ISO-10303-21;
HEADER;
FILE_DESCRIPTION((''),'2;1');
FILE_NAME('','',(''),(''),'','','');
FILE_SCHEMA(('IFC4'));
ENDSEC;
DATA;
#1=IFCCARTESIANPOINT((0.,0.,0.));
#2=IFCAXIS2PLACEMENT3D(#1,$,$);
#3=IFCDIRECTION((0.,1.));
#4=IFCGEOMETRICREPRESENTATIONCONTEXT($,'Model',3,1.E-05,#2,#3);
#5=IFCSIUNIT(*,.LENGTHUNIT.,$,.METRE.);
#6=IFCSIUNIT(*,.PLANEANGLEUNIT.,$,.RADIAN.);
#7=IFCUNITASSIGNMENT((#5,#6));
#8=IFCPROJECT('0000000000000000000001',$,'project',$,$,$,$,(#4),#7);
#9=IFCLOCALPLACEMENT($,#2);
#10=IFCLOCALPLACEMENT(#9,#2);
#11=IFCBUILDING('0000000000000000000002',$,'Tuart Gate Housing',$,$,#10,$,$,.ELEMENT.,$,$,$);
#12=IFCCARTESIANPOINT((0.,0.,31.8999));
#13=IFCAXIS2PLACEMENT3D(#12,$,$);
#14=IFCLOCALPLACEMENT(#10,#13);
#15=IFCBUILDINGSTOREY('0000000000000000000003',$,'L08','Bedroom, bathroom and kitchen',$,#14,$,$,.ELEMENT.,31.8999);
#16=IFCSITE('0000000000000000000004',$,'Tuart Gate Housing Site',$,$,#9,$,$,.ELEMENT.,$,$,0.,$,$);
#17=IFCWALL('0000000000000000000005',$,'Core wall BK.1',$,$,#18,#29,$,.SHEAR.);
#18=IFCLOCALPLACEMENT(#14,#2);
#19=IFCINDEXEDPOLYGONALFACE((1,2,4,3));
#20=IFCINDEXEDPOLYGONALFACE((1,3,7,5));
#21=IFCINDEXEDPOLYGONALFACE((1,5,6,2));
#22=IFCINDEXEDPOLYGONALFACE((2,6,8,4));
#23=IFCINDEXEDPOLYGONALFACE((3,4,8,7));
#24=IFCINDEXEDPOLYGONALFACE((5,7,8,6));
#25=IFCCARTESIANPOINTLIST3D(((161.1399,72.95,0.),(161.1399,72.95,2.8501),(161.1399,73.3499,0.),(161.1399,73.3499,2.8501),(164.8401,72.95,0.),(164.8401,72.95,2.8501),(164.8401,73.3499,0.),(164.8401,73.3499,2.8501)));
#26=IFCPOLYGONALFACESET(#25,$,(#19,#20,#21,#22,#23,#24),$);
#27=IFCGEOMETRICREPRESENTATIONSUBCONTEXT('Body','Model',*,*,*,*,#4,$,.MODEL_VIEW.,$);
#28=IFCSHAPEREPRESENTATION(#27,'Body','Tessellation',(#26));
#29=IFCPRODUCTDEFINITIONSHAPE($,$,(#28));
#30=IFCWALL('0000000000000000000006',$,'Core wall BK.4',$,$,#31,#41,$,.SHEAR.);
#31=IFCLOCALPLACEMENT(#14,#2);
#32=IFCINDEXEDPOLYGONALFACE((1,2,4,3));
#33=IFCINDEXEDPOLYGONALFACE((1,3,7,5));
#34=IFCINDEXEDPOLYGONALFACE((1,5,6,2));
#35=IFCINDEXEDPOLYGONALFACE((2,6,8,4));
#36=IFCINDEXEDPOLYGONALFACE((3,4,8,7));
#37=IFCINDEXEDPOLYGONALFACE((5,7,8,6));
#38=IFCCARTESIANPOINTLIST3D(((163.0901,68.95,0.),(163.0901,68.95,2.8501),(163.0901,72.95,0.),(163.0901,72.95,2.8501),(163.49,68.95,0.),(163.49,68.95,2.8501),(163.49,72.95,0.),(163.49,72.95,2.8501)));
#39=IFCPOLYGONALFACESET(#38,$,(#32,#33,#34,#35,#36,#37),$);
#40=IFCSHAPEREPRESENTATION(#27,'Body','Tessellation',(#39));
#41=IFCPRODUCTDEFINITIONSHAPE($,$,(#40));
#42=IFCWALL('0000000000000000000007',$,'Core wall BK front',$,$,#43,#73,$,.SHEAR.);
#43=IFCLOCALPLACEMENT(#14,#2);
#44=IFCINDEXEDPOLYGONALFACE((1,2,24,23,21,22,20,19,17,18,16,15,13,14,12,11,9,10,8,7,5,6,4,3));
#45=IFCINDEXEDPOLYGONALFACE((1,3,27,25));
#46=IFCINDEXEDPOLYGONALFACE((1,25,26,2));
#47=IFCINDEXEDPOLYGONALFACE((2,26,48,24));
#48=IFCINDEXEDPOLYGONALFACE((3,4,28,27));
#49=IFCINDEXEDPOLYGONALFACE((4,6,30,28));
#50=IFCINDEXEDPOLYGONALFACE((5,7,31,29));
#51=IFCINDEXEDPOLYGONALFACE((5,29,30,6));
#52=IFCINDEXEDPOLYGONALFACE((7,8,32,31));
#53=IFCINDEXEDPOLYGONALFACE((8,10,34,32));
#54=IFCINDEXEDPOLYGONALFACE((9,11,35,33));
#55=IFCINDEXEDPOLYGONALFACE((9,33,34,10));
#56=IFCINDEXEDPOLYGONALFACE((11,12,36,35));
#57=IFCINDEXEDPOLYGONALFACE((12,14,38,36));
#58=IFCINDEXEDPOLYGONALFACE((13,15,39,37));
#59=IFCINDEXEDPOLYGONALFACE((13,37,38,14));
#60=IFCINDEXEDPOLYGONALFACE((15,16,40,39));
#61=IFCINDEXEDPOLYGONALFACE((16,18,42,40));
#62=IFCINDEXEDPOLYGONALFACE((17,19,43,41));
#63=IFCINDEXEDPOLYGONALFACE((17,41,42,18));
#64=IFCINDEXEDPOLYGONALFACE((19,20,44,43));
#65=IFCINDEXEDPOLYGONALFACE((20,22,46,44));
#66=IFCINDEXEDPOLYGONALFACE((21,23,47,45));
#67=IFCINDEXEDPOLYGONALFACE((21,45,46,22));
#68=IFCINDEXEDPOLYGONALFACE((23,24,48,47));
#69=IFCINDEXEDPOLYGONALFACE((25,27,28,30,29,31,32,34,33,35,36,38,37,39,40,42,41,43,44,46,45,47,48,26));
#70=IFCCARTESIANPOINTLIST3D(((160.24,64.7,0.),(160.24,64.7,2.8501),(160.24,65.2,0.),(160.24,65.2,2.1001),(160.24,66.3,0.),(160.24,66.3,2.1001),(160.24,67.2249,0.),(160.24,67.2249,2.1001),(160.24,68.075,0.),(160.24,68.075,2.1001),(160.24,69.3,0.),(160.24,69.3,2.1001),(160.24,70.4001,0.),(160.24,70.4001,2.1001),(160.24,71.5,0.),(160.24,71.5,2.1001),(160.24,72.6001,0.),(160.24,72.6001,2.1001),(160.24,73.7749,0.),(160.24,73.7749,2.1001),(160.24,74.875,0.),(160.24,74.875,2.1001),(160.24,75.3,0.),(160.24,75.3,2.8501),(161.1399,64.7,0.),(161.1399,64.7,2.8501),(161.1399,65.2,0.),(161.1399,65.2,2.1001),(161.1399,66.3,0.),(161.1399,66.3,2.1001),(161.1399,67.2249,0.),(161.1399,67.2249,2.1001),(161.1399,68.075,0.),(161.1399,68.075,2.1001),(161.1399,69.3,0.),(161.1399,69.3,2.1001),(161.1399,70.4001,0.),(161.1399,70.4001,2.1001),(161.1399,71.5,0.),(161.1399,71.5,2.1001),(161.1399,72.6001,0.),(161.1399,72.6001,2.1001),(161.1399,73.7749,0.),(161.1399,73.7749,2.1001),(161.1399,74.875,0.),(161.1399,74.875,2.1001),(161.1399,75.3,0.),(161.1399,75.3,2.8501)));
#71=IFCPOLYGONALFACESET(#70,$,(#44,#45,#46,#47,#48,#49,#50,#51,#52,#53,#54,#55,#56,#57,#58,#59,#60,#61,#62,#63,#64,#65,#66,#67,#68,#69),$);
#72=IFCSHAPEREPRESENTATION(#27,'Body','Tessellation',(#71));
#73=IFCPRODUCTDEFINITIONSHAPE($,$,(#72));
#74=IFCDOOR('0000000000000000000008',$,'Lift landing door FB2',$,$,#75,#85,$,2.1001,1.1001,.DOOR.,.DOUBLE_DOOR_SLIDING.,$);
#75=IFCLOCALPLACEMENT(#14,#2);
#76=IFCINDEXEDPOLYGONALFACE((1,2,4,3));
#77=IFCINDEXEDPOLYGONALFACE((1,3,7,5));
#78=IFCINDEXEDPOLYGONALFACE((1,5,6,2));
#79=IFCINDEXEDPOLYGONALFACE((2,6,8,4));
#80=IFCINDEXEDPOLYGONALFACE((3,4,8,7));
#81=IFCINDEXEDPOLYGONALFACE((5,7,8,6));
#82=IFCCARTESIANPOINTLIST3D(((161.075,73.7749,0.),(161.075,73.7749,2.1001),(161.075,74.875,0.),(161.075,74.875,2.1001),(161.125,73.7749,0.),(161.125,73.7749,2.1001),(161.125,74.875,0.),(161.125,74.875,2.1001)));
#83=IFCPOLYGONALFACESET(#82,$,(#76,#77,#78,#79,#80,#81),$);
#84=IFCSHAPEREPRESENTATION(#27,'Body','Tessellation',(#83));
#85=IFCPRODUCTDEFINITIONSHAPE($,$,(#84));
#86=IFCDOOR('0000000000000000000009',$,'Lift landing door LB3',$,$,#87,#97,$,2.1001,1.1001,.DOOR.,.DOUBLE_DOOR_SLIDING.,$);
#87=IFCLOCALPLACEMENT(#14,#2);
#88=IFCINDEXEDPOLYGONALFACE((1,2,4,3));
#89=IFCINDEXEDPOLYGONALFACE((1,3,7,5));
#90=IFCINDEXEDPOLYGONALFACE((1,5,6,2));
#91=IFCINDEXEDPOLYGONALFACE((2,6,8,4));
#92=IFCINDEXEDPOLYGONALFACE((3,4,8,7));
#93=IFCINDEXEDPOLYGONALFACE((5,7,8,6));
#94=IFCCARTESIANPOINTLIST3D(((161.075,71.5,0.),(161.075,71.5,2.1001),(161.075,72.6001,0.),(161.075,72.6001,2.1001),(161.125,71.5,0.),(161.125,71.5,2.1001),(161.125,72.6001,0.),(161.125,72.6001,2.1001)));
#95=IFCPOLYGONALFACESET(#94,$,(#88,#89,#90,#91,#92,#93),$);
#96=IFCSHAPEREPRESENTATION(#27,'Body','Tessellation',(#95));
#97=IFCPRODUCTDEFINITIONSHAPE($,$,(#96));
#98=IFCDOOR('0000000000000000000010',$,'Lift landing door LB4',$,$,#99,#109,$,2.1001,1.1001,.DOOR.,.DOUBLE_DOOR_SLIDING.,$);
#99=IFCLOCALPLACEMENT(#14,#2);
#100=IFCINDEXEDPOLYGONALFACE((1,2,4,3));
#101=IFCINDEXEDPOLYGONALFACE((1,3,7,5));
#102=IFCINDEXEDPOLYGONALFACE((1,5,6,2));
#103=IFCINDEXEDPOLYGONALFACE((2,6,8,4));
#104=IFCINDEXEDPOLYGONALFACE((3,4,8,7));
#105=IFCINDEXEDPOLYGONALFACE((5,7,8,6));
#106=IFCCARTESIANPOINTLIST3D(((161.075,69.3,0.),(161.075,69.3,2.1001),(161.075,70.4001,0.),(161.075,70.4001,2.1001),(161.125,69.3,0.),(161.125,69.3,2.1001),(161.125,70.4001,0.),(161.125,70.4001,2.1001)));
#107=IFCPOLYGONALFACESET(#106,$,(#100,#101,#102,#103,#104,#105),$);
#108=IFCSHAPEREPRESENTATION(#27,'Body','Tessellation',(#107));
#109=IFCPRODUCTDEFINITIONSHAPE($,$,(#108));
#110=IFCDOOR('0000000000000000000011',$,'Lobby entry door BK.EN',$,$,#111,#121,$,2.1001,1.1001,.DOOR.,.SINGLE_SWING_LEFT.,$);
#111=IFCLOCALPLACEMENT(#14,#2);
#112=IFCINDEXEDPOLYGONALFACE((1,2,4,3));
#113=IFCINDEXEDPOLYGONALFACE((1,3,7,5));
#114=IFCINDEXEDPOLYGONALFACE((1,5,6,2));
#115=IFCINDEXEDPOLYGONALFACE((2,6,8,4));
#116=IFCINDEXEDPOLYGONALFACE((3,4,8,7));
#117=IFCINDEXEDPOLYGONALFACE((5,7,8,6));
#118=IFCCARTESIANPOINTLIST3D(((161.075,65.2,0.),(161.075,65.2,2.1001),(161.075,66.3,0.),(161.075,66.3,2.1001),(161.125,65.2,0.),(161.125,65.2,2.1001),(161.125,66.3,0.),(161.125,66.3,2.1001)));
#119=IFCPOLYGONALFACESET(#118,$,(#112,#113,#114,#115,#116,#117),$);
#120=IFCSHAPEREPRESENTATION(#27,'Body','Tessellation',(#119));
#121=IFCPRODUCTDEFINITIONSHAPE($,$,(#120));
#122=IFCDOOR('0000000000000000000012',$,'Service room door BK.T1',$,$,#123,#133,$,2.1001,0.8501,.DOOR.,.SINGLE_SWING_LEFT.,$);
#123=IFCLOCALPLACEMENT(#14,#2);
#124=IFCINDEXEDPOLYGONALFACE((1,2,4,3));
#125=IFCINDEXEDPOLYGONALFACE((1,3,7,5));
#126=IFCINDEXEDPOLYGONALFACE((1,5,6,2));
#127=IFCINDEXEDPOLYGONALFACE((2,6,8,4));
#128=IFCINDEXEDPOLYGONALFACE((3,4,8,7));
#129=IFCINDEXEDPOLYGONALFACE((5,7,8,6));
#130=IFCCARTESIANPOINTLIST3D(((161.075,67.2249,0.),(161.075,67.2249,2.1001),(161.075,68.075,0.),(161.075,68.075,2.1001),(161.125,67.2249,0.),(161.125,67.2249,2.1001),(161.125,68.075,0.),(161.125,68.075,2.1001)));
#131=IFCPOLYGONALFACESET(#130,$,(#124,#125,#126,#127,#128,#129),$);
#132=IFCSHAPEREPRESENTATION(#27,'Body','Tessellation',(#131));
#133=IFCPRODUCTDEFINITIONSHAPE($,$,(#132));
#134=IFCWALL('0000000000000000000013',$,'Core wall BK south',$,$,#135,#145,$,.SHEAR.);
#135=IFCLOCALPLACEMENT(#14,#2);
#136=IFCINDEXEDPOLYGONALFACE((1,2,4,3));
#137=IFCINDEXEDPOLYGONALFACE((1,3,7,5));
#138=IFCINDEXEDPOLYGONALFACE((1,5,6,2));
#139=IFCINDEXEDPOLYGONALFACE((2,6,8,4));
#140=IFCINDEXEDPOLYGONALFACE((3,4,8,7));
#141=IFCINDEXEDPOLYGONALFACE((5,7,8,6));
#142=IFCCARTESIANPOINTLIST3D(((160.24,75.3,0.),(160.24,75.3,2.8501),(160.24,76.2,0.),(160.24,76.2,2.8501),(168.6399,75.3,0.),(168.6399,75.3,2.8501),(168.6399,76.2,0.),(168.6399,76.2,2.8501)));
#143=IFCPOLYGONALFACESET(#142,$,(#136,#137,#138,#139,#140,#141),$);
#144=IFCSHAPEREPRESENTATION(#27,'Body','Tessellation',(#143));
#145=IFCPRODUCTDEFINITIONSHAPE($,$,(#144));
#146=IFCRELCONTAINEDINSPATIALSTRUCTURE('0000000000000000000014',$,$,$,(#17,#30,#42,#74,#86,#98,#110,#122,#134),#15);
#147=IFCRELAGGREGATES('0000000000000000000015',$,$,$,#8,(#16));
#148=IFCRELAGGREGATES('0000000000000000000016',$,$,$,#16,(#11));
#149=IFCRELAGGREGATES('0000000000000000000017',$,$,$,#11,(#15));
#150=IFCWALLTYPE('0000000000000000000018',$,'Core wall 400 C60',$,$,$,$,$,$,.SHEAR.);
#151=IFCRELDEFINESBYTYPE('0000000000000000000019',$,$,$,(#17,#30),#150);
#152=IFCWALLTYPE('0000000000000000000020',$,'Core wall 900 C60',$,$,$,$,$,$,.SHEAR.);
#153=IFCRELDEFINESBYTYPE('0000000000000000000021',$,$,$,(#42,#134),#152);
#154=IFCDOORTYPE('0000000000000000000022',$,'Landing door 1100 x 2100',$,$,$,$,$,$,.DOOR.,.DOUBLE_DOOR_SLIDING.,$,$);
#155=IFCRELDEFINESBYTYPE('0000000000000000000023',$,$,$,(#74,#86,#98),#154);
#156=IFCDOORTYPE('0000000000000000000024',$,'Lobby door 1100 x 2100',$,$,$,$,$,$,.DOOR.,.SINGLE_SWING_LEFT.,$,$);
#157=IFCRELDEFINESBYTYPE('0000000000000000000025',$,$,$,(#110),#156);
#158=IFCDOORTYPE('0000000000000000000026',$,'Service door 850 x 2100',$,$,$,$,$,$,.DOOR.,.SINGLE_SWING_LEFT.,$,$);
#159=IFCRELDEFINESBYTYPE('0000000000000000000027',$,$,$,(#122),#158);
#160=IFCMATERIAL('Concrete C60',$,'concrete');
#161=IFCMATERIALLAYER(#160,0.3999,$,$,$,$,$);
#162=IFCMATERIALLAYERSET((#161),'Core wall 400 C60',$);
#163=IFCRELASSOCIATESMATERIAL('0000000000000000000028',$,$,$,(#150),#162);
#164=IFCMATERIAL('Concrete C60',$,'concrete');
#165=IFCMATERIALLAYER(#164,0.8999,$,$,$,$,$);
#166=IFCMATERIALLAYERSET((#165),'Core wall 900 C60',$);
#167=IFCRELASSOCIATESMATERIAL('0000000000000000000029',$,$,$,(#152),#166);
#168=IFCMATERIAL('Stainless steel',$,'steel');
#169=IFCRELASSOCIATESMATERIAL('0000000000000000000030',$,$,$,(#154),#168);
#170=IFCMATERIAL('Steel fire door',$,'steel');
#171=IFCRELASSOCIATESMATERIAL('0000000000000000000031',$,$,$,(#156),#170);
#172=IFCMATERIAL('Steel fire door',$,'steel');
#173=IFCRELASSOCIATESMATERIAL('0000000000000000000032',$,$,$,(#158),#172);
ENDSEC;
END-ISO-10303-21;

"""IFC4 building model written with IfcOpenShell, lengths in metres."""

from ifc_helpers import new_model, si_unit, direction, frame, frame_2d, origin, place, context, subcontext, project, spatial, rectangle, extrude, material, layer, layer_set, type_object, element, fill, save


model = new_model("IFC4")

# Units and contexts
model_context = context("Model", 3, precision=1e-05, world=origin(), true_north=direction((0.0, 1.0)))
body_context = subcontext(model_context, "Body", "Model", "MODEL_VIEW")
ifc_project = project(units=[si_unit("LENGTHUNIT", "METRE"), si_unit("PLANEANGLEUNIT", "RADIAN")], contexts=[model_context])

# Site, building, storey
site_placement = place(None, origin())
site = spatial("IfcSite", under=ifc_project, at=site_placement, Name="Tuart Gate Housing Site", CompositionType="ELEMENT", RefElevation=0.0)
building_placement = place(site_placement, origin())
building = spatial("IfcBuilding", under=site, at=building_placement, Name="Tuart Gate Housing", CompositionType="ELEMENT")
storey_placement = place(building_placement, frame((0.0, 0.0, 31.8999)))
storey = spatial("IfcBuildingStorey", under=building, at=storey_placement, Name="L08", Description="Bedroom, bathroom and kitchen", CompositionType="ELEMENT", Elevation=31.8999)

# Walls
ifc_material_1 = material(Name="Concrete C60", Category="concrete")
ifc_layer_1 = layer(ifc_material_1, 0.3999)
ifc_layer_set_1 = layer_set([ifc_layer_1], Name="Core wall 400 C60")
wall_type_1 = type_object("IfcWallType", Name="Core wall 400 C60", PredefinedType="SHEAR", material=ifc_layer_set_1)
wall_1_placement = place(storey_placement, frame((161.1399, 73.1499, 0.0), z_axis=(0.0, 0.0, 1.0), x_axis=(1.0, 0.0, 0.0)))
element("IfcWall", 1, at=wall_1_placement, inside=storey, type_object=wall_type_1, Name="Core wall BK.1", PredefinedType="SHEAR", context=body_context, shape_type="SweptSolid", body=[
    extrude(rectangle(XDim=3.7002, YDim=0.3999, at=frame_2d((1.8501, 0.0))), origin(), (0.0, 0.0, 1.0), 2.8501),
])
wall_2_placement = place(storey_placement, frame((163.29, 72.95, 0.0), z_axis=(0.0, 0.0, 1.0), x_axis=(0.0, -1.0, 0.0)))
element("IfcWall", 2, at=wall_2_placement, inside=storey, type_object=wall_type_1, Name="Core wall BK.4", PredefinedType="SHEAR", context=body_context, shape_type="SweptSolid", body=[
    extrude(rectangle(XDim=4.0, YDim=0.3999, at=frame_2d((2.0, 0.0))), origin(), (0.0, 0.0, 1.0), 2.8501),
])

# Wall, openings, doors
ifc_material_2 = material(Name="Concrete C60", Category="concrete")
ifc_layer_2 = layer(ifc_material_2, 0.8999)
ifc_layer_set_2 = layer_set([ifc_layer_2], Name="Core wall 900 C60")
wall_type_2 = type_object("IfcWallType", Name="Core wall 900 C60", PredefinedType="SHEAR", material=ifc_layer_set_2)
wall_3_placement = place(storey_placement, frame((160.6899, 75.3, 0.0), z_axis=(0.0, 0.0, 1.0), x_axis=(0.0, -1.0, 0.0)))
wall_3 = element("IfcWall", 3, at=wall_3_placement, inside=storey, type_object=wall_type_2, Name="Core wall BK front", PredefinedType="SHEAR", context=body_context, shape_type="SweptSolid", body=[
    extrude(rectangle(XDim=10.6001, YDim=0.8999, at=frame_2d((5.3, 0.0))), origin(), (0.0, 0.0, 1.0), 2.8501),
])
opening_1_placement = place(wall_3_placement, frame((0.425, 0.0, 0.0)))
opening_1 = element("IfcOpeningElement", 4, at=opening_1_placement, cuts=wall_3, PredefinedType="OPENING", context=body_context, shape_type="SweptSolid", body=[
    extrude(rectangle(XDim=1.1001, YDim=2.1001, at=frame_2d((0.55, 1.05))), frame((0.0, 0.46, 0.0), z_axis=(0.0, -1.0, 0.0), x_axis=(1.0, 0.0, 0.0)), (0.0, 0.0, 1.0), 0.9199),
])
opening_2_placement = place(wall_3_placement, frame((2.7, 0.0, 0.0)))
opening_2 = element("IfcOpeningElement", 5, at=opening_2_placement, cuts=wall_3, PredefinedType="OPENING", context=body_context, shape_type="SweptSolid", body=[
    extrude(rectangle(XDim=1.1001, YDim=2.1001, at=frame_2d((0.55, 1.05))), frame((0.0, 0.46, 0.0), z_axis=(0.0, -1.0, 0.0), x_axis=(1.0, 0.0, 0.0)), (0.0, 0.0, 1.0), 0.9199),
])
opening_3_placement = place(wall_3_placement, frame((4.8999, 0.0, 0.0)))
opening_3 = element("IfcOpeningElement", 6, at=opening_3_placement, cuts=wall_3, PredefinedType="OPENING", context=body_context, shape_type="SweptSolid", body=[
    extrude(rectangle(XDim=1.1001, YDim=2.1001, at=frame_2d((0.55, 1.05))), frame((0.0, 0.46, 0.0), z_axis=(0.0, -1.0, 0.0), x_axis=(1.0, 0.0, 0.0)), (0.0, 0.0, 1.0), 0.9199),
])
opening_4_placement = place(wall_3_placement, frame((9.0, 0.0, 0.0)))
opening_4 = element("IfcOpeningElement", 7, at=opening_4_placement, cuts=wall_3, PredefinedType="OPENING", context=body_context, shape_type="SweptSolid", body=[
    extrude(rectangle(XDim=1.1001, YDim=2.1001, at=frame_2d((0.55, 1.05))), frame((0.0, 0.46, 0.0), z_axis=(0.0, -1.0, 0.0), x_axis=(1.0, 0.0, 0.0)), (0.0, 0.0, 1.0), 0.9199),
])
opening_5_placement = place(wall_3_placement, frame((7.2251, 0.0, 0.0)))
opening_5 = element("IfcOpeningElement", 8, at=opening_5_placement, cuts=wall_3, PredefinedType="OPENING", context=body_context, shape_type="SweptSolid", body=[
    extrude(rectangle(XDim=0.8501, YDim=2.1001, at=frame_2d((0.425, 1.05))), frame((0.0, 0.46, 0.0), z_axis=(0.0, -1.0, 0.0), x_axis=(1.0, 0.0, 0.0)), (0.0, 0.0, 1.0), 0.9199),
])
ifc_material_3 = material(Name="Stainless steel", Category="steel")
door_type_1 = type_object("IfcDoorType", Name="Landing door 1100 x 2100", OperationType="DOUBLE_DOOR_SLIDING", PredefinedType="DOOR", material=ifc_material_3)
door_1_placement = place(opening_1_placement, origin())
door_1 = element("IfcDoor", 9, at=door_1_placement, inside=storey, type_object=door_type_1, Name="Lift landing door FB2", OperationType="DOUBLE_DOOR_SLIDING", OverallHeight=2.1001, OverallWidth=1.1001, PredefinedType="DOOR", context=body_context, shape_type="SweptSolid", body=[
    extrude(rectangle(XDim=1.1001, YDim=2.1001, at=frame_2d((0.55, 1.05))), frame((0.0, 0.4351, 0.0), z_axis=(0.0, -1.0, 0.0), x_axis=(1.0, 0.0, 0.0)), (0.0, 0.0, 1.0), 0.05),
])
fill(opening_1, door_1)
door_2_placement = place(opening_2_placement, origin())
door_2 = element("IfcDoor", 10, at=door_2_placement, inside=storey, type_object=door_type_1, Name="Lift landing door LB3", OperationType="DOUBLE_DOOR_SLIDING", OverallHeight=2.1001, OverallWidth=1.1001, PredefinedType="DOOR", context=body_context, shape_type="SweptSolid", body=[
    extrude(rectangle(XDim=1.1001, YDim=2.1001, at=frame_2d((0.55, 1.05))), frame((0.0, 0.4351, 0.0), z_axis=(0.0, -1.0, 0.0), x_axis=(1.0, 0.0, 0.0)), (0.0, 0.0, 1.0), 0.05),
])
fill(opening_2, door_2)
door_3_placement = place(opening_3_placement, origin())
door_3 = element("IfcDoor", 11, at=door_3_placement, inside=storey, type_object=door_type_1, Name="Lift landing door LB4", OperationType="DOUBLE_DOOR_SLIDING", OverallHeight=2.1001, OverallWidth=1.1001, PredefinedType="DOOR", context=body_context, shape_type="SweptSolid", body=[
    extrude(rectangle(XDim=1.1001, YDim=2.1001, at=frame_2d((0.55, 1.05))), frame((0.0, 0.4351, 0.0), z_axis=(0.0, -1.0, 0.0), x_axis=(1.0, 0.0, 0.0)), (0.0, 0.0, 1.0), 0.05),
])
fill(opening_3, door_3)
ifc_material_4 = material(Name="Steel fire door", Category="steel")
door_type_2 = type_object("IfcDoorType", Name="Lobby door 1100 x 2100", OperationType="SINGLE_SWING_LEFT", PredefinedType="DOOR", material=ifc_material_4)
door_4_placement = place(opening_4_placement, origin())
door_4 = element("IfcDoor", 12, at=door_4_placement, inside=storey, type_object=door_type_2, Name="Lobby entry door BK.EN", OperationType="SINGLE_SWING_LEFT", OverallHeight=2.1001, OverallWidth=1.1001, PredefinedType="DOOR", context=body_context, shape_type="SweptSolid", body=[
    extrude(rectangle(XDim=1.1001, YDim=2.1001, at=frame_2d((0.55, 1.05))), frame((0.0, 0.4351, 0.0), z_axis=(0.0, -1.0, 0.0), x_axis=(1.0, 0.0, 0.0)), (0.0, 0.0, 1.0), 0.05),
])
fill(opening_4, door_4)
ifc_material_5 = material(Name="Steel fire door", Category="steel")
door_type_3 = type_object("IfcDoorType", Name="Service door 850 x 2100", OperationType="SINGLE_SWING_LEFT", PredefinedType="DOOR", material=ifc_material_5)
door_5_placement = place(opening_5_placement, origin())
door_5 = element("IfcDoor", 13, at=door_5_placement, inside=storey, type_object=door_type_3, Name="Service room door BK.T1", OperationType="SINGLE_SWING_LEFT", OverallHeight=2.1001, OverallWidth=0.8501, PredefinedType="DOOR", context=body_context, shape_type="SweptSolid", body=[
    extrude(rectangle(XDim=0.8501, YDim=2.1001, at=frame_2d((0.425, 1.05))), frame((0.0, 0.4351, 0.0), z_axis=(0.0, -1.0, 0.0), x_axis=(1.0, 0.0, 0.0)), (0.0, 0.0, 1.0), 0.05),
])
fill(opening_5, door_5)

# Wall
wall_4_placement = place(storey_placement, frame((160.24, 75.75, 0.0), z_axis=(0.0, 0.0, 1.0), x_axis=(1.0, 0.0, 0.0)))
element("IfcWall", 14, at=wall_4_placement, inside=storey, type_object=wall_type_2, Name="Core wall BK south", PredefinedType="SHEAR", context=body_context, shape_type="SweptSolid", body=[
    extrude(rectangle(XDim=8.3999, YDim=0.8999, at=frame_2d((4.2, 0.0))), origin(), (0.0, 0.0, 1.0), 2.8501),
])

save(model, "model.ifc")
